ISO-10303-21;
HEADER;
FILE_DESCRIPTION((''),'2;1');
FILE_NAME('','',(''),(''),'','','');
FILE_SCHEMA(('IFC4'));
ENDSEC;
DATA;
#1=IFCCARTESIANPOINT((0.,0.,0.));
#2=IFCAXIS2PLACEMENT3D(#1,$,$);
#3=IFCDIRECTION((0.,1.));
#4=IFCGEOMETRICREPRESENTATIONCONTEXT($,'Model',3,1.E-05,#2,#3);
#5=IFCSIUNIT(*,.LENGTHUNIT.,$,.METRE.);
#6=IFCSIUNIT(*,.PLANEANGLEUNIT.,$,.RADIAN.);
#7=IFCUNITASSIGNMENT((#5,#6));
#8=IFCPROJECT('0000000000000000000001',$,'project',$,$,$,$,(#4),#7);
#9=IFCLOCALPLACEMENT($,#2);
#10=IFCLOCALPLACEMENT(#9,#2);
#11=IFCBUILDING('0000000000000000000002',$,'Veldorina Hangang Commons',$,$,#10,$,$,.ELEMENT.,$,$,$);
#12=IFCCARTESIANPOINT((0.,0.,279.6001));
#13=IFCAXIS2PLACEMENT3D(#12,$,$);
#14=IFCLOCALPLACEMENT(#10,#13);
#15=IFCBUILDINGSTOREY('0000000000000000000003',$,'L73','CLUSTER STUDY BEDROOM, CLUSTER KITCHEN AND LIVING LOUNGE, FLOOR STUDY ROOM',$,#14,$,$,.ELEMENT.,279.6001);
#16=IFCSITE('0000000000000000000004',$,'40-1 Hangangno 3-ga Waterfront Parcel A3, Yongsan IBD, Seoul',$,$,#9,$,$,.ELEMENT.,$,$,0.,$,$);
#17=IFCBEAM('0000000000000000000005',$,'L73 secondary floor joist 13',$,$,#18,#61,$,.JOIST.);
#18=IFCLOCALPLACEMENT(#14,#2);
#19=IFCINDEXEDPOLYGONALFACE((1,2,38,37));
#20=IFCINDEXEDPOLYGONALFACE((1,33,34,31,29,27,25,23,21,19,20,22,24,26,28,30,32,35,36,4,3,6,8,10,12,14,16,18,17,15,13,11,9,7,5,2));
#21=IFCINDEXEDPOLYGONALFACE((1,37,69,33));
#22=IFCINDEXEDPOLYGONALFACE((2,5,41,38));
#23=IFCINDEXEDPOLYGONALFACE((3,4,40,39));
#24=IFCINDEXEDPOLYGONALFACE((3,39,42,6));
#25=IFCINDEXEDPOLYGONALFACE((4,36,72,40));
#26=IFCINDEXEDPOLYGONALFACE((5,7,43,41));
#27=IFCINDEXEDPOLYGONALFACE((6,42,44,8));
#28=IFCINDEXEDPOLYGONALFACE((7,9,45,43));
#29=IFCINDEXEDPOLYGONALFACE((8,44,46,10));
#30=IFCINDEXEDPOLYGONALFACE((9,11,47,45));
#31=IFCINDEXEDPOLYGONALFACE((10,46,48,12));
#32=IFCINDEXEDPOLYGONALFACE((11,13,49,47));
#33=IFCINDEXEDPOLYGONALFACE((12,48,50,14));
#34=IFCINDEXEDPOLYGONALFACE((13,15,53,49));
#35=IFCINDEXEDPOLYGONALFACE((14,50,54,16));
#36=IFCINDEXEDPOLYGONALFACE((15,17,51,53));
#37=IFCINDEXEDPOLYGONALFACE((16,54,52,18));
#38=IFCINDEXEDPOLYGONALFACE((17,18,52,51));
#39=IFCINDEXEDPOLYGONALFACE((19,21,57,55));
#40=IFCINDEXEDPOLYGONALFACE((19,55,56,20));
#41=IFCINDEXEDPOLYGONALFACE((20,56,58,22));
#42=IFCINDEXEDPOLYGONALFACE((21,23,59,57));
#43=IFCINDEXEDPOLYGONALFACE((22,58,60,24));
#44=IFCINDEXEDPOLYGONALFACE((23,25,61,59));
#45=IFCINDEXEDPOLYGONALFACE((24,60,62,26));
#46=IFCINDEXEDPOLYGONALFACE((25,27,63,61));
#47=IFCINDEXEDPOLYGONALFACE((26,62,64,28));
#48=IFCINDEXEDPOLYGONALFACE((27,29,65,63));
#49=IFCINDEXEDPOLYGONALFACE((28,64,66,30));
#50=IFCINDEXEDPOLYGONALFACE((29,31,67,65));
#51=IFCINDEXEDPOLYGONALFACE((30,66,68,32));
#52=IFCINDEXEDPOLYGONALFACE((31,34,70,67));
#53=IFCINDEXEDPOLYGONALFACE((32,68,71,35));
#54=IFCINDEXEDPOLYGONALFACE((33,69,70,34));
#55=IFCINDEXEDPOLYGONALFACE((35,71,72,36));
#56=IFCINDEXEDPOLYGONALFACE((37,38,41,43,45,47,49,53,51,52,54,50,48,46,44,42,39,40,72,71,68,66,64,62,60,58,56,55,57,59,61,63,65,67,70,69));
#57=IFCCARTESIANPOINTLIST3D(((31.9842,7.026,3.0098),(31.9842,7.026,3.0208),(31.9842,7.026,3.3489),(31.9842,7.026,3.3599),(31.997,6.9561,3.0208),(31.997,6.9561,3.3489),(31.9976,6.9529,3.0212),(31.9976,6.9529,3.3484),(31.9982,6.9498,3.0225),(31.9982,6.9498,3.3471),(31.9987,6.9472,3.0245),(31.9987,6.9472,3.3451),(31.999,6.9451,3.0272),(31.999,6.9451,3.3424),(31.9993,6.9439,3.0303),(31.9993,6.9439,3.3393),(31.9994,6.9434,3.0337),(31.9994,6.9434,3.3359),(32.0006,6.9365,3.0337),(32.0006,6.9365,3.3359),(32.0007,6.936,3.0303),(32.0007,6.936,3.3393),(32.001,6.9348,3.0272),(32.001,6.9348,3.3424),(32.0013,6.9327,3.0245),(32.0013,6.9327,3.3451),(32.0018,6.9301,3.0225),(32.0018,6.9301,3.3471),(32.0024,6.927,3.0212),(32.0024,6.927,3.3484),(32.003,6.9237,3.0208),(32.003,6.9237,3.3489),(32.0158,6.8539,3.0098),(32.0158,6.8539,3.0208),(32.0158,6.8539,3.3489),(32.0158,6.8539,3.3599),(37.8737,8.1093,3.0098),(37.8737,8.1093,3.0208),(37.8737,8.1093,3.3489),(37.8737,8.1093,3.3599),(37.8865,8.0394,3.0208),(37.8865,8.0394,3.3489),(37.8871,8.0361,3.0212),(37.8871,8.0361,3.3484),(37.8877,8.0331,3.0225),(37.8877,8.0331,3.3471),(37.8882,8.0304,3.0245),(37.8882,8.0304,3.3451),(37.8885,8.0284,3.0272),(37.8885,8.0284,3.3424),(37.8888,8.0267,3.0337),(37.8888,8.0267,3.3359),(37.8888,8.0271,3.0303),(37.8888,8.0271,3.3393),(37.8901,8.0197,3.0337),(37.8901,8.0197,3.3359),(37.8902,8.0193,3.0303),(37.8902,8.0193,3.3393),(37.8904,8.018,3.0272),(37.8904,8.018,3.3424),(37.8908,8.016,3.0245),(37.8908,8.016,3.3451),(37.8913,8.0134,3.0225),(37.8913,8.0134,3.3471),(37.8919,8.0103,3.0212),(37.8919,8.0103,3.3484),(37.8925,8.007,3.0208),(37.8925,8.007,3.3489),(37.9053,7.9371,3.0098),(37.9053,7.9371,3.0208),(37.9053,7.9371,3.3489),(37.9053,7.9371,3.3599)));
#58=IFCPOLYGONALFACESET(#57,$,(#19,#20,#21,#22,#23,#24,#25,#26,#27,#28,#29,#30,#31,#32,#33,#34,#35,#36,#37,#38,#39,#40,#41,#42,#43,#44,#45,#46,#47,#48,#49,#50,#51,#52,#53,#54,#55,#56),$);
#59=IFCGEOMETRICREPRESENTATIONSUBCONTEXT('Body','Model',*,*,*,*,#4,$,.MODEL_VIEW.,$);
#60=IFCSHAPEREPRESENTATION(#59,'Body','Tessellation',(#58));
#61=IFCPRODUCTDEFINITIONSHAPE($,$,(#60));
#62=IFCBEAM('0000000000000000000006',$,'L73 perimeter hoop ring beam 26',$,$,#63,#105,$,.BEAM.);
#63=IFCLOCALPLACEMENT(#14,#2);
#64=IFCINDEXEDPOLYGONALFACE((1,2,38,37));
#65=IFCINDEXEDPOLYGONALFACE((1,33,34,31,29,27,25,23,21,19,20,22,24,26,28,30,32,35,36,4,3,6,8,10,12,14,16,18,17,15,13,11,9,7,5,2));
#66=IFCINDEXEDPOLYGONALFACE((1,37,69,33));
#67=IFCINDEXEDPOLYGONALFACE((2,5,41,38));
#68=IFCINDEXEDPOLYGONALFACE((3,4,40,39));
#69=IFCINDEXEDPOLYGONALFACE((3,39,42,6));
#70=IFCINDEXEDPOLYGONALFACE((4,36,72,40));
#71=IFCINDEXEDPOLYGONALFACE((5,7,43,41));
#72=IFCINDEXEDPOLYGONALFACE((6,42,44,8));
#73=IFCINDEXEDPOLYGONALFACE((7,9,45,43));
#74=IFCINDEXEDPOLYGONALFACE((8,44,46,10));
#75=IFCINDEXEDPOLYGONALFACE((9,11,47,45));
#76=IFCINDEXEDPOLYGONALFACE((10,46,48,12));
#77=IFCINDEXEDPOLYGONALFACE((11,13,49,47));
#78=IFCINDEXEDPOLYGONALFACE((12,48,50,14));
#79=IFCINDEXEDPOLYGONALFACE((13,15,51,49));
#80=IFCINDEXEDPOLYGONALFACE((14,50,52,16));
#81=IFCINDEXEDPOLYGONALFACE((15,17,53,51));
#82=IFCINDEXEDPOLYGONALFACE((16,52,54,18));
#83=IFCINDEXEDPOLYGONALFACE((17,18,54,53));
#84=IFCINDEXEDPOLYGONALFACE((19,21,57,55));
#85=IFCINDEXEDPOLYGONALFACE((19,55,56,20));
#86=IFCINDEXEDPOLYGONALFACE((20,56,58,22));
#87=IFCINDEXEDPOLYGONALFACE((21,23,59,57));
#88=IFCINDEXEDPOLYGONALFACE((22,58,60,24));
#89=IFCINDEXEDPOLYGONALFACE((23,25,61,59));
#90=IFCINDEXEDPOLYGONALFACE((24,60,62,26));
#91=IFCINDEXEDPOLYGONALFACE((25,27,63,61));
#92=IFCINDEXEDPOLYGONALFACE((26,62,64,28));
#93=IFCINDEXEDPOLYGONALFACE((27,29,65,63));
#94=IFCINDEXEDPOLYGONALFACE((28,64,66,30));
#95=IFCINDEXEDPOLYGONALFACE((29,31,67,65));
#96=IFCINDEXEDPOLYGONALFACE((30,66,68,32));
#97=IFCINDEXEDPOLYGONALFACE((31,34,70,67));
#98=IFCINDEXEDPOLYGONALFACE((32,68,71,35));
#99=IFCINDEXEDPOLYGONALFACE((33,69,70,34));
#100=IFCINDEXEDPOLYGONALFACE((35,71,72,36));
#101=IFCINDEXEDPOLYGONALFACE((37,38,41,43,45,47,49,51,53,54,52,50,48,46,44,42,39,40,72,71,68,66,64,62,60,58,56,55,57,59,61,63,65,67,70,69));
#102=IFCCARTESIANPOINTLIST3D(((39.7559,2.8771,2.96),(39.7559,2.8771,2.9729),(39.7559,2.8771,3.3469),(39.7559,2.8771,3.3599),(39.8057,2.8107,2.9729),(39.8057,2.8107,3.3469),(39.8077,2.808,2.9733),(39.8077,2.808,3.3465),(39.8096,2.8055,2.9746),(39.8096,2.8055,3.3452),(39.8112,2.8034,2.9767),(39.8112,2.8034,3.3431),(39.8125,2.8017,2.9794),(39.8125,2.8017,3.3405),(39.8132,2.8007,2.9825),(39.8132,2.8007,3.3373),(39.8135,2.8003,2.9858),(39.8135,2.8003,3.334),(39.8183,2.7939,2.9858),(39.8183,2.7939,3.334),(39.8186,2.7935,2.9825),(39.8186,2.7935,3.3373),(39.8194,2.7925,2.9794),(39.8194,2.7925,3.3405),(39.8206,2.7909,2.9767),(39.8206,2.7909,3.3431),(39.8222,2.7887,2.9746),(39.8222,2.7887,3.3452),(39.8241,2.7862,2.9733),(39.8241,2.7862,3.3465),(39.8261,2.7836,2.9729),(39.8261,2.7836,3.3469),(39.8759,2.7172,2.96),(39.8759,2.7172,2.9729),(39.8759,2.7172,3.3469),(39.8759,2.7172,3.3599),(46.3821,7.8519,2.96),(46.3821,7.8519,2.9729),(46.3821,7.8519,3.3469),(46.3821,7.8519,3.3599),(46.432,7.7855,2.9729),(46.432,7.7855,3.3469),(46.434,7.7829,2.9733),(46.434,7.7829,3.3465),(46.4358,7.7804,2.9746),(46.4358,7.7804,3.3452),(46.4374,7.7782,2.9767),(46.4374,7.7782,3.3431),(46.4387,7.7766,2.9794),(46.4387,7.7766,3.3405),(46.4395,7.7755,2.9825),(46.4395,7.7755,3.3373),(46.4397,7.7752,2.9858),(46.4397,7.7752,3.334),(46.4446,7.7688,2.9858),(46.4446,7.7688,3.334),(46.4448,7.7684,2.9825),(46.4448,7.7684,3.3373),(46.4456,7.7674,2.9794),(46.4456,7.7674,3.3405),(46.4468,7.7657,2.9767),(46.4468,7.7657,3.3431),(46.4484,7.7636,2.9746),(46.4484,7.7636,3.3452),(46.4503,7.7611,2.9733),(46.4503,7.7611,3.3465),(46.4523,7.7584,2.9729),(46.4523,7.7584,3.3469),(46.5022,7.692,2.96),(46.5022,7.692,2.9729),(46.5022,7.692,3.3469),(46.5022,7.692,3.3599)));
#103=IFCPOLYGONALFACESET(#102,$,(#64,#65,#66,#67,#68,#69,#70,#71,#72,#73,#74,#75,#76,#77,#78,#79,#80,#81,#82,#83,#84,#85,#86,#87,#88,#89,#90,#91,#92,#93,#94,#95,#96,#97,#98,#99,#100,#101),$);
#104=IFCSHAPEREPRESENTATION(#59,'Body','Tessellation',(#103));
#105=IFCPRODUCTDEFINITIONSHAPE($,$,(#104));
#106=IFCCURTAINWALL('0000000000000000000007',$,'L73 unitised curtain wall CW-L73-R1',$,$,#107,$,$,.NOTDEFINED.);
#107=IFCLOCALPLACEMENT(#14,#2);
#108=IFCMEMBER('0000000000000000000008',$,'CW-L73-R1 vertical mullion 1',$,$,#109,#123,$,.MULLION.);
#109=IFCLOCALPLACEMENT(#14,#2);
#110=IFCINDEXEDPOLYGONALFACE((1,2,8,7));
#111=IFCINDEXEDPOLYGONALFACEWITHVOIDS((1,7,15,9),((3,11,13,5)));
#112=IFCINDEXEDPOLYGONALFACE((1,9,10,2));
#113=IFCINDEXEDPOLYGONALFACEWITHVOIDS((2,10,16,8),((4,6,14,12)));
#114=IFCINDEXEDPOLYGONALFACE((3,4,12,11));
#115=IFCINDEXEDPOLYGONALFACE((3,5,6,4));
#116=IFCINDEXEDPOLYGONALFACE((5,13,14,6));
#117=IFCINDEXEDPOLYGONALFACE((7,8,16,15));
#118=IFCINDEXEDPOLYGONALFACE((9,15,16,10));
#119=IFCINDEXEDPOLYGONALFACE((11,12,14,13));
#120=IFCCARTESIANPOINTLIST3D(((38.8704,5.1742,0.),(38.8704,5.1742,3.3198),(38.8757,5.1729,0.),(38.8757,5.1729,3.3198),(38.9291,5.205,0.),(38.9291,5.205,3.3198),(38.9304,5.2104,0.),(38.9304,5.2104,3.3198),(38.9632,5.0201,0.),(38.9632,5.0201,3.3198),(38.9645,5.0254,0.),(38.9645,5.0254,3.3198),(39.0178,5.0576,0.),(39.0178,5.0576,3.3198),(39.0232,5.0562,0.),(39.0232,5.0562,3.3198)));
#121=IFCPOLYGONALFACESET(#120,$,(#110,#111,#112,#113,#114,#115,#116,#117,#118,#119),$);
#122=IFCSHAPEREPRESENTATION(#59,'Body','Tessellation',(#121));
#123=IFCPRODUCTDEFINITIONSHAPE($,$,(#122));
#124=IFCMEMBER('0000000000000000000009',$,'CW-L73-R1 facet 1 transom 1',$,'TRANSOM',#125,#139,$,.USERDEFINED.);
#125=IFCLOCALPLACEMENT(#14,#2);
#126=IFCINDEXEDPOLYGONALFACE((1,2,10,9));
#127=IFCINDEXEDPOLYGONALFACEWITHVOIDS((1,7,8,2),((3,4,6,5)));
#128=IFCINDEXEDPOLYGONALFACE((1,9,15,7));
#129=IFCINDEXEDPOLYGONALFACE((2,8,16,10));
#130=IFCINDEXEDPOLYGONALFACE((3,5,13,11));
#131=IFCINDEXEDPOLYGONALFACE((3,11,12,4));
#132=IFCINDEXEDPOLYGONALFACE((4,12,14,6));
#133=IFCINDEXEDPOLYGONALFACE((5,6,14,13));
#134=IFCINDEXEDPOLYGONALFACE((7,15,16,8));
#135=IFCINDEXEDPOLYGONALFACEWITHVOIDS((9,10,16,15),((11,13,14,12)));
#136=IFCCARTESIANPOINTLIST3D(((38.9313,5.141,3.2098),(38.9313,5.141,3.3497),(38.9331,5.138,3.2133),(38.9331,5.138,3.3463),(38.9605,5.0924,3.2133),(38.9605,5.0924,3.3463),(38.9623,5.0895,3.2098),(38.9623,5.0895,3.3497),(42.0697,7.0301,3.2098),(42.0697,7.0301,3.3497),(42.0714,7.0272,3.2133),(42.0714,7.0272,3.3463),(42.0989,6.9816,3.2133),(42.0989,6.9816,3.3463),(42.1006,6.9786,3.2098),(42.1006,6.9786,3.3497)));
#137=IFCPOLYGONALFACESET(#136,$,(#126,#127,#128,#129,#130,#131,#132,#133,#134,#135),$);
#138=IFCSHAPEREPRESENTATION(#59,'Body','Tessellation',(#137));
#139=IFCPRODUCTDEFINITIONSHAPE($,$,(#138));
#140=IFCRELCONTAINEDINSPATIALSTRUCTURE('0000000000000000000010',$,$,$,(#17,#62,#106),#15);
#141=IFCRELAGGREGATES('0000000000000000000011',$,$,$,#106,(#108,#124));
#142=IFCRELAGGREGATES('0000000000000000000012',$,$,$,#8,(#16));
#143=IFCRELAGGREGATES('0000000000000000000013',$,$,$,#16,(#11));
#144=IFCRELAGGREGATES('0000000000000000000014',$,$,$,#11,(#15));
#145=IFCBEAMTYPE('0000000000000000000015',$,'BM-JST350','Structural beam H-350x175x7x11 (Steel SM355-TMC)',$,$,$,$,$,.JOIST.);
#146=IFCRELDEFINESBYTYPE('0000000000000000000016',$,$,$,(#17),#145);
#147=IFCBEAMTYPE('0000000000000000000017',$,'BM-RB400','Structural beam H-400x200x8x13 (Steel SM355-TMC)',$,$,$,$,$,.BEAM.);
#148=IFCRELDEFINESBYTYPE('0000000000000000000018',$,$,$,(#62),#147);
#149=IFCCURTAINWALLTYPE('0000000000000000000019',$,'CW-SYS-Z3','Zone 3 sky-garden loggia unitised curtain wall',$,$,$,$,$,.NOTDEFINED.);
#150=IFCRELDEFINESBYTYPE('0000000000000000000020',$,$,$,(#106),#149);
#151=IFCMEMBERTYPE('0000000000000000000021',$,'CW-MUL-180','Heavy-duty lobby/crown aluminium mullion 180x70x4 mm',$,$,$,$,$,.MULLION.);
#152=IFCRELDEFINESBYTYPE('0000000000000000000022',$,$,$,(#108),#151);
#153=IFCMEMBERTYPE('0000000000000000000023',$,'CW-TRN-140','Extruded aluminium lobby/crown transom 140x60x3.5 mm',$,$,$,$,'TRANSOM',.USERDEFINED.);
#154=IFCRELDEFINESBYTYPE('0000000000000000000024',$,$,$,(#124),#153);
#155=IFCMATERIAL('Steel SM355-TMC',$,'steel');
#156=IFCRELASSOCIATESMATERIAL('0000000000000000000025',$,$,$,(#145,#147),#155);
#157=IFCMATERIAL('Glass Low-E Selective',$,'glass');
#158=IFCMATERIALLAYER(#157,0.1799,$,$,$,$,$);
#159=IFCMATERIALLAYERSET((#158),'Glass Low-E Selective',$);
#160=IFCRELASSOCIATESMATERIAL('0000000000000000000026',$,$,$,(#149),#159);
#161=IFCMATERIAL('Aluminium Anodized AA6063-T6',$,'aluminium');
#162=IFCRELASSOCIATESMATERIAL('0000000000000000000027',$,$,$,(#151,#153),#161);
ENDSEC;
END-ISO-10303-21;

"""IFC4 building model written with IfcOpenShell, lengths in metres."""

from ifc_helpers import new_model, si_unit, direction, frame, origin, origin_2d, place, context, subcontext, project, spatial, hollow_rectangle, i_section, extrude, material, layer, layer_set, material_profile, profile_set, type_object, element, aggregate, save


model = new_model("IFC4")

# Units and contexts
model_context = context("Model", 3, precision=1e-05, world=origin(), true_north=direction((0.0, 1.0)))
body_context = subcontext(model_context, "Body", "Model", "MODEL_VIEW")
ifc_project = project(units=[si_unit("LENGTHUNIT", "METRE"), si_unit("PLANEANGLEUNIT", "RADIAN")], contexts=[model_context])

# Site, building, storey
site_placement = place(None, origin())
site = spatial("IfcSite", under=ifc_project, at=site_placement, Name="40-1 Hangangno 3-ga Waterfront Parcel A3, Yongsan IBD, Seoul", CompositionType="ELEMENT", RefElevation=0.0)
building_placement = place(site_placement, origin())
building = spatial("IfcBuilding", under=site, at=building_placement, Name="Veldorina Hangang Commons", CompositionType="ELEMENT")
storey_placement = place(building_placement, frame((0.0, 0.0, 279.6001)))
storey = spatial("IfcBuildingStorey", under=building, at=storey_placement, Name="L73", Description="CLUSTER STUDY BEDROOM, CLUSTER KITCHEN AND LIVING LOUNGE, FLOOR STUDY ROOM", CompositionType="ELEMENT", Elevation=279.6001)

# Beams
ifc_material_1 = material(Name="Steel SM355-TMC", Category="steel")
ifc_material_profile_1 = material_profile(ifc_material_1, i_section(OverallWidth=0.175, OverallDepth=0.3501, WebThickness=0.0071, FlangeThickness=0.011, FilletRadius=0.0129, at=origin_2d()), Name="H-350x175x7x11")
ifc_profile_set_1 = profile_set([ifc_material_profile_1], Name="Steel SM355-TMC")
beam_type_1 = type_object("IfcBeamType", Name="BM-JST350", Description="Structural beam H-350x175x7x11 (Steel SM355-TMC)", PredefinedType="JOIST", material=ifc_profile_set_1)
beam_1_placement = place(storey_placement, frame((32.0, 6.9399, 3.1848), z_axis=(0.983502, 0.180898, 0.0), x_axis=(-0.180898, 0.983502, 0.0)))
element("IfcBeam", 1, at=beam_1_placement, inside=storey, type_object=beam_type_1, Name="L73 secondary floor joist 13", PredefinedType="JOIST", context=body_context, shape_type="SweptSolid", body=[
    extrude(i_section(OverallWidth=0.175, OverallDepth=0.3501, WebThickness=0.0071, FlangeThickness=0.011, FilletRadius=0.0129, at=origin_2d()), origin(), (0.0, 0.0, 1.0), 5.9883),
])
ifc_material_profile_2 = material_profile(ifc_material_1, i_section(OverallWidth=0.2, OverallDepth=0.3999, WebThickness=0.0081, FlangeThickness=0.0129, FilletRadius=0.0129, at=origin_2d()), Name="H-400x200x8x13")
ifc_profile_set_2 = profile_set([ifc_material_profile_2], Name="Steel SM355-TMC")
beam_type_2 = type_object("IfcBeamType", Name="BM-RB400", Description="Structural beam H-400x200x8x13 (Steel SM355-TMC)", PredefinedType="BEAM", material=ifc_profile_set_2)
beam_2_placement = place(storey_placement, frame((39.8159, 2.7971, 3.1599), z_axis=(0.799699, 0.600401, 0.0), x_axis=(-0.600401, 0.799699, 0.0)))
element("IfcBeam", 2, at=beam_2_placement, inside=storey, type_object=beam_type_2, Name="L73 perimeter hoop ring beam 26", PredefinedType="BEAM", context=body_context, shape_type="SweptSolid", body=[
    extrude(i_section(OverallWidth=0.2, OverallDepth=0.3999, WebThickness=0.0081, FlangeThickness=0.0129, FilletRadius=0.0129, at=origin_2d()), origin(), (0.0, 0.0, 1.0), 8.2859),
])

# Curtain wall, members
ifc_material_2 = material(Name="Glass Low-E Selective", Category="glass")
ifc_layer_1 = layer(ifc_material_2, 0.1799)
ifc_layer_set_1 = layer_set([ifc_layer_1], Name="Glass Low-E Selective")
curtain_wall_type = type_object("IfcCurtainWallType", Name="CW-SYS-Z3", Description="Zone 3 sky-garden loggia unitised curtain wall", PredefinedType="NOTDEFINED", material=ifc_layer_set_1)
curtain_wall_placement = place(storey_placement, origin())
curtain_wall = element("IfcCurtainWall", 3, at=curtain_wall_placement, inside=storey, type_object=curtain_wall_type, Name="L73 unitised curtain wall CW-L73-R1", PredefinedType="NOTDEFINED")
ifc_material_3 = material(Name="Aluminium Anodized AA6063-T6", Category="aluminium")
ifc_material_profile_3 = material_profile(ifc_material_3, hollow_rectangle(XDim=0.0701, YDim=0.1799, WallThickness=0.0039, at=origin_2d()), Name="ALU-RHS-180x70x4")
ifc_profile_set_3 = profile_set([ifc_material_profile_3], Name="Aluminium Anodized AA6063-T6")
member_type_1 = type_object("IfcMemberType", Name="CW-MUL-180", Description="Heavy-duty lobby/crown aluminium mullion 180x70x4 mm", PredefinedType="MULLION", material=ifc_profile_set_3)
member_1_placement = place(storey_placement, frame((38.9468, 5.1152, 0.0), z_axis=(0.0, 0.0, 1.0), x_axis=(0.856772, 0.515696, 0.0)))
member_1 = element("IfcMember", 4, at=member_1_placement, type_object=member_type_1, Name="CW-L73-R1 vertical mullion 1", PredefinedType="MULLION", context=body_context, shape_type="SweptSolid", body=[
    extrude(hollow_rectangle(XDim=0.0701, YDim=0.1799, WallThickness=0.0039, at=origin_2d()), origin(), (0.0, 0.0, 1.0), 3.3198),
])
ifc_material_profile_4 = material_profile(ifc_material_3, hollow_rectangle(XDim=0.0601, YDim=0.1399, WallThickness=0.0034, at=origin_2d()), Name="ALU-RHS-140x60x3.5")
ifc_profile_set_4 = profile_set([ifc_material_profile_4], Name="Aluminium Anodized AA6063-T6")
member_type_2 = type_object("IfcMemberType", Name="CW-TRN-140", Description="Extruded aluminium lobby/crown transom 140x60x3.5 mm", ElementType="TRANSOM", PredefinedType="USERDEFINED", material=ifc_profile_set_4)
member_2_placement = place(storey_placement, frame((38.9468, 5.1152, 3.2798), z_axis=(0.856757, 0.51572, 0.0), x_axis=(-0.51572, 0.856757, 0.0)))
member_2 = element("IfcMember", 5, at=member_2_placement, type_object=member_type_2, Name="CW-L73-R1 facet 1 transom 1", ObjectType="TRANSOM", PredefinedType="USERDEFINED", context=body_context, shape_type="SweptSolid", body=[
    extrude(hollow_rectangle(XDim=0.0601, YDim=0.1399, WallThickness=0.0034, at=origin_2d()), origin(), (0.0, 0.0, 1.0), 3.6631),
])

aggregate(curtain_wall, [member_1, member_2])

save(model, "model.ifc")
